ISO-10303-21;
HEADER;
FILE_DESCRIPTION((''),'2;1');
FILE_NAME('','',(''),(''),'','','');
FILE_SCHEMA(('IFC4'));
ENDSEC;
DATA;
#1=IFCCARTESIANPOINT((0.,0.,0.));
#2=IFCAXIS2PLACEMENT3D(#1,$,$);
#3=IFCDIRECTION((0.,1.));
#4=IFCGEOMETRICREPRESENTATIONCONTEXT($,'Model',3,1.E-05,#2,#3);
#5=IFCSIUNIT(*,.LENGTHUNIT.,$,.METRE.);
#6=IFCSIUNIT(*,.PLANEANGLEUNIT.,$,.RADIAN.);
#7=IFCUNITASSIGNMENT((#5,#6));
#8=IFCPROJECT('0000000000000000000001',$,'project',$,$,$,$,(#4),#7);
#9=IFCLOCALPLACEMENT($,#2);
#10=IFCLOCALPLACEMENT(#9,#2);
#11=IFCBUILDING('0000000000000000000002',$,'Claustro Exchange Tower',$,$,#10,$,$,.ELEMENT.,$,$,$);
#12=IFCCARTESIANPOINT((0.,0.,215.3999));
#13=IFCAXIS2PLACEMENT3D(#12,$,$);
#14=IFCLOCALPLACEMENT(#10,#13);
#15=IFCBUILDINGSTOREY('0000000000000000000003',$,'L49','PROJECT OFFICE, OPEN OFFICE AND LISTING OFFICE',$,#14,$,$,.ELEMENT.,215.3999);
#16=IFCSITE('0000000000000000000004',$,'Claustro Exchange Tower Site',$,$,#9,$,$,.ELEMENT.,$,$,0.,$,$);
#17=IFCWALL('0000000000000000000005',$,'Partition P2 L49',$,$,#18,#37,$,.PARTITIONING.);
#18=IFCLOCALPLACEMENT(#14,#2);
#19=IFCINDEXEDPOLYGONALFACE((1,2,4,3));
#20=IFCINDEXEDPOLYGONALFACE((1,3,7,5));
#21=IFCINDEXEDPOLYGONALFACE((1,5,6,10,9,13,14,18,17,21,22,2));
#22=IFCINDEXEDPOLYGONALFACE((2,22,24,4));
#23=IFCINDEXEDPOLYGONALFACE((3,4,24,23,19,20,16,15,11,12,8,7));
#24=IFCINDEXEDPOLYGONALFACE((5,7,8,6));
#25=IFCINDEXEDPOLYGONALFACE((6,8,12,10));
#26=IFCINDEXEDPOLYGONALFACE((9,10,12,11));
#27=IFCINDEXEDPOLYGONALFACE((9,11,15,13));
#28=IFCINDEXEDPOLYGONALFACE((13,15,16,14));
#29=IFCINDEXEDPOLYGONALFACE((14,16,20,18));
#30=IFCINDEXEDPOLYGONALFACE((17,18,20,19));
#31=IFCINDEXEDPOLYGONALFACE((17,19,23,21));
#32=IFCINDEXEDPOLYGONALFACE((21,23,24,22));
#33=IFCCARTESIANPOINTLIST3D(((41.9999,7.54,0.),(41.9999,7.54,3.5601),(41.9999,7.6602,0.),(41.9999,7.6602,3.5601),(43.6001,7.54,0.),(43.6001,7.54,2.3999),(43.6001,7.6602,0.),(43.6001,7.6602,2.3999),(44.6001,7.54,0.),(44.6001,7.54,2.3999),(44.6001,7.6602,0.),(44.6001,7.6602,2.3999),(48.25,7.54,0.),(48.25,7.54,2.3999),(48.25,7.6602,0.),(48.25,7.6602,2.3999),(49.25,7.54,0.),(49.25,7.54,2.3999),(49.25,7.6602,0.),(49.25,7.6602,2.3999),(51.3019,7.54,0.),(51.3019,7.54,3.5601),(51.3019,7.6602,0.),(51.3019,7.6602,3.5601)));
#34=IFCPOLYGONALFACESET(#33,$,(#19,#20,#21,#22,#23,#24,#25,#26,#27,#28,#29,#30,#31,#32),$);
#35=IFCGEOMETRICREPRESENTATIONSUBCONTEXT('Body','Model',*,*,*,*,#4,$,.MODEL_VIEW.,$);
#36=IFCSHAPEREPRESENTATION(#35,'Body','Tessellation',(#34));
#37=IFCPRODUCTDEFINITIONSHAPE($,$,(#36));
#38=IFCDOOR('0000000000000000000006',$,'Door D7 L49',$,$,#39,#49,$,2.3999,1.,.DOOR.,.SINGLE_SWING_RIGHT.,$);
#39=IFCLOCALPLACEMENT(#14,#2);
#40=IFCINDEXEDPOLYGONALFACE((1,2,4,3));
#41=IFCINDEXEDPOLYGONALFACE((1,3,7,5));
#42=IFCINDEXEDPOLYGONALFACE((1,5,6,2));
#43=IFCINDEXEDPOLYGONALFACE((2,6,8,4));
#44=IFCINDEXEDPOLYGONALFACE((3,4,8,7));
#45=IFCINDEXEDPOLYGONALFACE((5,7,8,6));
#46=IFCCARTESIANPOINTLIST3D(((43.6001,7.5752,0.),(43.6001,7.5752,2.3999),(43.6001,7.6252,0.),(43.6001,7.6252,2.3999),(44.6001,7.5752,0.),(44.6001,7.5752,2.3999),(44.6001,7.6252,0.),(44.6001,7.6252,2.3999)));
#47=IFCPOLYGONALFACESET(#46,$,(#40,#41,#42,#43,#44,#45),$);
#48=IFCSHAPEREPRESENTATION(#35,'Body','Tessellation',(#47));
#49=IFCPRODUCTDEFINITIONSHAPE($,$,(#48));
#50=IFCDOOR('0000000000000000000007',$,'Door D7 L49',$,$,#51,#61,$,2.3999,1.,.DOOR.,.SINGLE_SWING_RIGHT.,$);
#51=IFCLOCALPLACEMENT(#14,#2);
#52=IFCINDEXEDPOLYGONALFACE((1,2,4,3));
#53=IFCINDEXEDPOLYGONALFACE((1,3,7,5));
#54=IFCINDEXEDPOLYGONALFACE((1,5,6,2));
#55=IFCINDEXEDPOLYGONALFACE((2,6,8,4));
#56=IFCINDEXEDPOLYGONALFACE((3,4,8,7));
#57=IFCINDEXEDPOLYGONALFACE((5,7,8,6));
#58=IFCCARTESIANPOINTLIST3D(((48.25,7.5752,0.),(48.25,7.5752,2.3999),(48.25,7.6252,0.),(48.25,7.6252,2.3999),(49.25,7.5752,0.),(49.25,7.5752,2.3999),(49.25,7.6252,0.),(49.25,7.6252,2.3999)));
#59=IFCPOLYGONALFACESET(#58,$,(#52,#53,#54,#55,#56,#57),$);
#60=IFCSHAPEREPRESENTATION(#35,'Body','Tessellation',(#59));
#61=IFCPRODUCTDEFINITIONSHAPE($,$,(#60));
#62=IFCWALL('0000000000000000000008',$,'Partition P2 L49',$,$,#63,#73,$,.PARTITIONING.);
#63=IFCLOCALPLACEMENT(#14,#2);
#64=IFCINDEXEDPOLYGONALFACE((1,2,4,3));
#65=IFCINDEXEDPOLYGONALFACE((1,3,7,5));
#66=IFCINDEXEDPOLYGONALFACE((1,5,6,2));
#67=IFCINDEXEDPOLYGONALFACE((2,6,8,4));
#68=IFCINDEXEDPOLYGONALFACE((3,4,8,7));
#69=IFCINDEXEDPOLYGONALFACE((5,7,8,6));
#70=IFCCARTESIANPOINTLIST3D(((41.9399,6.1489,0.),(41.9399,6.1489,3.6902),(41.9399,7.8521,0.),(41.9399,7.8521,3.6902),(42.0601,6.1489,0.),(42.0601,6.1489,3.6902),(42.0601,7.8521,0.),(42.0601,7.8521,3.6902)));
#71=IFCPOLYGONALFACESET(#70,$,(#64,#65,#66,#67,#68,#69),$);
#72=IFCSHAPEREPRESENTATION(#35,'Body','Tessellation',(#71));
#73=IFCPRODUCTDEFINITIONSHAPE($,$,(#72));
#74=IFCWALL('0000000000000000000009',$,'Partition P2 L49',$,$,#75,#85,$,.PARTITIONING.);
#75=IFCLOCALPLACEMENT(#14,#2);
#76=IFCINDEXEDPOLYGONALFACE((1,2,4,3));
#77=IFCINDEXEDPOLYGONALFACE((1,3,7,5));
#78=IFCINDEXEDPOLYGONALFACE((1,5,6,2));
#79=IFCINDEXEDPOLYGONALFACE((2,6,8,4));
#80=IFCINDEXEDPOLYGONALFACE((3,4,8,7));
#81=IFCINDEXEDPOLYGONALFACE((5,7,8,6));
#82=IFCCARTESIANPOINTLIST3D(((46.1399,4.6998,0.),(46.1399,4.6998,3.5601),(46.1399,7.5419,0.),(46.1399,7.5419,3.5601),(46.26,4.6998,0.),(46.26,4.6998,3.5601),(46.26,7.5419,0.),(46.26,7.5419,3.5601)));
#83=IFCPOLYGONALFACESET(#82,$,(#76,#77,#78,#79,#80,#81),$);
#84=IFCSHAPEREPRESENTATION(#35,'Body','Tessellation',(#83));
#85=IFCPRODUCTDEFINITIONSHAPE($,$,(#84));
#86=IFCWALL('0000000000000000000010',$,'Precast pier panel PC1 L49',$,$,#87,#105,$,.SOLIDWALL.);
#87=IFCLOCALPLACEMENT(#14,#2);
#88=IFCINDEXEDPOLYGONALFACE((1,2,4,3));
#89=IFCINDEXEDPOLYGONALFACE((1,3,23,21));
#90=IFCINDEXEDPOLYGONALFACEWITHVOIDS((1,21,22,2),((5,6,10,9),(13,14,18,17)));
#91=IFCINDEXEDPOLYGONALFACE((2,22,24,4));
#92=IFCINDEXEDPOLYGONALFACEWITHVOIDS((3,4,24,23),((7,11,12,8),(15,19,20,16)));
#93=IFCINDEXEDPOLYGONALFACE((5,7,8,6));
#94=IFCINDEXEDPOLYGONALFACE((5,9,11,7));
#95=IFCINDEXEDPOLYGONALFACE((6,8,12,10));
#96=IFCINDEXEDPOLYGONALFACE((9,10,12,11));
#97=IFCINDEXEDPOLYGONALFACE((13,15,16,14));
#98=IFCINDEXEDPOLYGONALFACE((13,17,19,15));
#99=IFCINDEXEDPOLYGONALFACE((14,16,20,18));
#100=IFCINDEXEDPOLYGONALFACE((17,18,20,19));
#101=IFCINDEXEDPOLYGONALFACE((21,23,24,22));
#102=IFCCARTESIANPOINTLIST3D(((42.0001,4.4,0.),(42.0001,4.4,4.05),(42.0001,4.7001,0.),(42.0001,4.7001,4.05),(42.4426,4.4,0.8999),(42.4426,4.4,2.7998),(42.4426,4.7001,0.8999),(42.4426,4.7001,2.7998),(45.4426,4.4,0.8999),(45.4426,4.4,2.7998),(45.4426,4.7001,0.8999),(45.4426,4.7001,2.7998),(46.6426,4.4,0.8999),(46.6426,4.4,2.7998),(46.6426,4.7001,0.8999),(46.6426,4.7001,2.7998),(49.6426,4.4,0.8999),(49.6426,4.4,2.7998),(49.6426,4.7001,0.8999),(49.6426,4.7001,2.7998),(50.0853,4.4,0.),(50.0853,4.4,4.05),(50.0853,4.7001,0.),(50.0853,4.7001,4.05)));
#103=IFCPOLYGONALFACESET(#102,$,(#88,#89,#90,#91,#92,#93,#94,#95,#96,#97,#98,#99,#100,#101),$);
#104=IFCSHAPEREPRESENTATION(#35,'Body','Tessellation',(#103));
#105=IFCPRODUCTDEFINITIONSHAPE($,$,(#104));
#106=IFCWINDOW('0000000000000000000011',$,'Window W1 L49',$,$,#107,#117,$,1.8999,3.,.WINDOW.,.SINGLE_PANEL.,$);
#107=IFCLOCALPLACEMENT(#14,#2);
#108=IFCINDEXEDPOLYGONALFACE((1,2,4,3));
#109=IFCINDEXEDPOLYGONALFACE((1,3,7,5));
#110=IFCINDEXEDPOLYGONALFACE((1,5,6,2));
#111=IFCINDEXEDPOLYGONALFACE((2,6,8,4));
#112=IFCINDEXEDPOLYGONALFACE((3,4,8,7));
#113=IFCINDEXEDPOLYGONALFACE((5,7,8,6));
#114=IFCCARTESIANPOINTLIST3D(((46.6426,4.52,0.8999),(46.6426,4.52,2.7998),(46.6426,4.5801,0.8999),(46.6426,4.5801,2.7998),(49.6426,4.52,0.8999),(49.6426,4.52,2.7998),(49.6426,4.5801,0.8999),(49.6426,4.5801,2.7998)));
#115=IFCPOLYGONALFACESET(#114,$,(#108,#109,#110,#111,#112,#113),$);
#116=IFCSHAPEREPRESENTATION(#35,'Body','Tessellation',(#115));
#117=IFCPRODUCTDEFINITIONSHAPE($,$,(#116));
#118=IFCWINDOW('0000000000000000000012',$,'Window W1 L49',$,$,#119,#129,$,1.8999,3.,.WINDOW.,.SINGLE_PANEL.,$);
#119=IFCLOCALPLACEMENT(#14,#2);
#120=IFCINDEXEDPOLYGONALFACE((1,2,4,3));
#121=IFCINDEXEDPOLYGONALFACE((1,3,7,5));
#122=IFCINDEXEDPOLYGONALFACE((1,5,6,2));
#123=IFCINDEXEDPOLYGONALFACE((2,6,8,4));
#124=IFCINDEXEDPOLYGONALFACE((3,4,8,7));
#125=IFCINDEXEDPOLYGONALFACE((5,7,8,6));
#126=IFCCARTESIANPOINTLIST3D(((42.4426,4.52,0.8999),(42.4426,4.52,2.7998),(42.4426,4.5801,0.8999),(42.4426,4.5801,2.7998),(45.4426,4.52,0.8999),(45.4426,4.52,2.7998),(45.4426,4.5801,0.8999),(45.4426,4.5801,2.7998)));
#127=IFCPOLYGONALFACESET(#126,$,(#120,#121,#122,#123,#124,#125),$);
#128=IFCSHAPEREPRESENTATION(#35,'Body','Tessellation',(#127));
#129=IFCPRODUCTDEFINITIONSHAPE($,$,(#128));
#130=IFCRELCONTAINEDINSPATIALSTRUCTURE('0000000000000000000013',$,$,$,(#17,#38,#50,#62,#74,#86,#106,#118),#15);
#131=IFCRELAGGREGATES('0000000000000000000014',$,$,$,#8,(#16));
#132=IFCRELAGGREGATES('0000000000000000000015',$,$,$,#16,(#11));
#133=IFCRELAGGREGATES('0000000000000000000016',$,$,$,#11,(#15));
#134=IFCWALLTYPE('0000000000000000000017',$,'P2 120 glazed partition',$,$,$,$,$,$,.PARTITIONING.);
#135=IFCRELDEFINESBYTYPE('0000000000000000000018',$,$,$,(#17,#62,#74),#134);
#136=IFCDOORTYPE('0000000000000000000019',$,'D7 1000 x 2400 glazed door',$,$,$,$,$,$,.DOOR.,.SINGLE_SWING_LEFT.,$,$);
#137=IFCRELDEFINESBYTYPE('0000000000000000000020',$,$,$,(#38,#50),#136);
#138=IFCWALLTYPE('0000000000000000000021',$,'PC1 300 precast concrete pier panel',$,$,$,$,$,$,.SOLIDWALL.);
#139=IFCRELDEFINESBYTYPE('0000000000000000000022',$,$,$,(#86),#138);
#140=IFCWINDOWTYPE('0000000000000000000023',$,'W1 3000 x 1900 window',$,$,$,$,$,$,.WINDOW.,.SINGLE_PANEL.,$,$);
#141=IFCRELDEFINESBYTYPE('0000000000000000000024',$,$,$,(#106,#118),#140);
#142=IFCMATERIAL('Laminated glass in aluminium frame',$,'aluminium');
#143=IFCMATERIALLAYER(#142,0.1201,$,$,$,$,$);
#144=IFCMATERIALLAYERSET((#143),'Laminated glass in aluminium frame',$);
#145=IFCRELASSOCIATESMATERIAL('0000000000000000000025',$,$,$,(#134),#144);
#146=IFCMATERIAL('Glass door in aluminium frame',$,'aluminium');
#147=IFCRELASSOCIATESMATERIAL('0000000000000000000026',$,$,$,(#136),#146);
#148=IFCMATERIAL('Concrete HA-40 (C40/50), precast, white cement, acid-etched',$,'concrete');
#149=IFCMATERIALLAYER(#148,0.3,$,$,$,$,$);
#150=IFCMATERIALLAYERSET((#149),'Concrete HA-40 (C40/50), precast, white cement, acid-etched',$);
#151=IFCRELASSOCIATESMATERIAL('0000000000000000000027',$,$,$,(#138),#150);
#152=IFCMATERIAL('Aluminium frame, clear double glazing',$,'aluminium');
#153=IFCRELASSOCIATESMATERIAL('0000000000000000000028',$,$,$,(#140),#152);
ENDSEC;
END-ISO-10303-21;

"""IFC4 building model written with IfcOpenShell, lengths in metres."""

from ifc_helpers import new_model, si_unit, direction, frame, frame_2d, origin, place, context, subcontext, project, spatial, rectangle, extrude, material, layer, layer_set, type_object, element, fill, save


model = new_model("IFC4")

# Units and contexts
model_context = context("Model", 3, precision=1e-05, world=origin(), true_north=direction((0.0, 1.0)))
body_context = subcontext(model_context, "Body", "Model", "MODEL_VIEW")
ifc_project = project(units=[si_unit("LENGTHUNIT", "METRE"), si_unit("PLANEANGLEUNIT", "RADIAN")], contexts=[model_context])

# Site, building, storey
site_placement = place(None, origin())
site = spatial("IfcSite", under=ifc_project, at=site_placement, Name="Claustro Exchange Tower Site", CompositionType="ELEMENT", RefElevation=0.0)
building_placement = place(site_placement, origin())
building = spatial("IfcBuilding", under=site, at=building_placement, Name="Claustro Exchange Tower", CompositionType="ELEMENT")
storey_placement = place(building_placement, frame((0.0, 0.0, 215.3999)))
storey = spatial("IfcBuildingStorey", under=building, at=storey_placement, Name="L49", Description="PROJECT OFFICE, OPEN OFFICE AND LISTING OFFICE", CompositionType="ELEMENT", Elevation=215.3999)

# Wall, openings, doors
ifc_material_1 = material(Name="Laminated glass in aluminium frame", Category="aluminium")
ifc_layer_1 = layer(ifc_material_1, 0.1201)
ifc_layer_set_1 = layer_set([ifc_layer_1], Name="Laminated glass in aluminium frame")
wall_type_1 = type_object("IfcWallType", Name="P2 120 glazed partition", PredefinedType="PARTITIONING", material=ifc_layer_set_1)
wall_1_placement = place(storey_placement, frame((42.0, 7.6001, 0.0), z_axis=(0.0, 0.0, 1.0), x_axis=(1.0, 0.0, 0.0)))
wall_1 = element("IfcWall", 1, at=wall_1_placement, inside=storey, type_object=wall_type_1, Name="Partition P2 L49", PredefinedType="PARTITIONING", context=body_context, shape_type="SweptSolid", body=[
    extrude(rectangle(XDim=9.302, YDim=0.1201, at=frame_2d((4.6509, 0.0))), origin(), (0.0, 0.0, 1.0), 3.5601),
])
opening_1_placement = place(wall_1_placement, frame((1.6001, 0.0, 0.0)))
opening_1 = element("IfcOpeningElement", 2, at=opening_1_placement, cuts=wall_1, PredefinedType="OPENING", context=body_context, shape_type="SweptSolid", body=[
    extrude(rectangle(XDim=1.0, YDim=2.3999, at=frame_2d((0.5, 1.2))), frame((0.0, 0.0701, 0.0), z_axis=(0.0, -1.0, 0.0), x_axis=(1.0, 0.0, 0.0)), (0.0, 0.0, 1.0), 0.1401),
])
opening_2_placement = place(wall_1_placement, frame((6.25, 0.0, 0.0)))
opening_2 = element("IfcOpeningElement", 3, at=opening_2_placement, cuts=wall_1, PredefinedType="OPENING", context=body_context, shape_type="SweptSolid", body=[
    extrude(rectangle(XDim=1.0, YDim=2.3999, at=frame_2d((0.5, 1.2))), frame((0.0, 0.0701, 0.0), z_axis=(0.0, -1.0, 0.0), x_axis=(1.0, 0.0, 0.0)), (0.0, 0.0, 1.0), 0.1401),
])
ifc_material_2 = material(Name="Glass door in aluminium frame", Category="aluminium")
door_type = type_object("IfcDoorType", Name="D7 1000 x 2400 glazed door", OperationType="SINGLE_SWING_LEFT", PredefinedType="DOOR", material=ifc_material_2)
door_1_placement = place(opening_1_placement, frame((1.0, 0.0, 0.0), z_axis=(0.0, 0.0, 1.0), x_axis=(-1.0, 0.0, 0.0)))
door_1 = element("IfcDoor", 4, at=door_1_placement, inside=storey, type_object=door_type, Name="Door D7 L49", OperationType="SINGLE_SWING_RIGHT", OverallHeight=2.3999, OverallWidth=1.0, PredefinedType="DOOR", context=body_context, shape_type="SweptSolid", body=[
    extrude(rectangle(XDim=1.0, YDim=2.3999, at=frame_2d((0.5, 1.2))), frame((0.0, 0.0249, 0.0), z_axis=(0.0, -1.0, 0.0), x_axis=(1.0, 0.0, 0.0)), (0.0, 0.0, 1.0), 0.05),
])
fill(opening_1, door_1)
door_2_placement = place(opening_2_placement, frame((1.0, 0.0, 0.0), z_axis=(0.0, 0.0, 1.0), x_axis=(-1.0, 0.0, 0.0)))
door_2 = element("IfcDoor", 5, at=door_2_placement, inside=storey, type_object=door_type, Name="Door D7 L49", OperationType="SINGLE_SWING_RIGHT", OverallHeight=2.3999, OverallWidth=1.0, PredefinedType="DOOR", context=body_context, shape_type="SweptSolid", body=[
    extrude(rectangle(XDim=1.0, YDim=2.3999, at=frame_2d((0.5, 1.2))), frame((0.0, 0.0249, 0.0), z_axis=(0.0, -1.0, 0.0), x_axis=(1.0, 0.0, 0.0)), (0.0, 0.0, 1.0), 0.05),
])
fill(opening_2, door_2)

# Walls
wall_2_placement = place(storey_placement, frame((42.0, 6.1489, 0.0), z_axis=(0.0, 0.0, 1.0), x_axis=(0.0, 1.0, 0.0)))
element("IfcWall", 6, at=wall_2_placement, inside=storey, type_object=wall_type_1, Name="Partition P2 L49", PredefinedType="PARTITIONING", context=body_context, shape_type="SweptSolid", body=[
    extrude(rectangle(XDim=1.7031, YDim=0.1201, at=frame_2d((0.8516, 0.0))), origin(), (0.0, 0.0, 1.0), 3.6902),
])
wall_3_placement = place(storey_placement, frame((46.2, 4.7, 0.0), z_axis=(0.0, 0.0, 1.0), x_axis=(0.0, 1.0, 0.0)))
element("IfcWall", 7, at=wall_3_placement, inside=storey, type_object=wall_type_1, Name="Partition P2 L49", PredefinedType="PARTITIONING", context=body_context, shape_type="SweptSolid", body=[
    extrude(rectangle(XDim=2.842, YDim=0.1201, at=frame_2d((1.4209, 0.0))), origin(), (0.0, 0.0, 1.0), 3.5601),
])

# Wall, openings, windows
ifc_material_3 = material(Name="Concrete HA-40 (C40/50), precast, white cement, acid-etched", Category="concrete")
ifc_layer_2 = layer(ifc_material_3, 0.3)
ifc_layer_set_2 = layer_set([ifc_layer_2], Name="Concrete HA-40 (C40/50), precast, white cement, acid-etched")
wall_type_2 = type_object("IfcWallType", Name="PC1 300 precast concrete pier panel", PredefinedType="SOLIDWALL", material=ifc_layer_set_2)
wall_4_placement = place(storey_placement, frame((50.0852, 4.55, 0.0), z_axis=(0.0, 0.0, 1.0), x_axis=(-1.0, 0.0, 0.0)))
wall_4 = element("IfcWall", 8, at=wall_4_placement, inside=storey, type_object=wall_type_2, Name="Precast pier panel PC1 L49", PredefinedType="SOLIDWALL", context=body_context, shape_type="SweptSolid", body=[
    extrude(rectangle(XDim=8.0852, YDim=0.3, at=frame_2d((4.0425, 0.0))), origin(), (0.0, 0.0, 1.0), 4.05),
])
opening_3_placement = place(wall_4_placement, frame((0.4426, 0.0, 0.8999)))
opening_3 = element("IfcOpeningElement", 9, at=opening_3_placement, cuts=wall_4, PredefinedType="OPENING", context=body_context, shape_type="SweptSolid", body=[
    extrude(rectangle(XDim=3.0, YDim=1.8999, at=frame_2d((1.5, 0.95))), frame((0.0, 0.1599, 0.0), z_axis=(0.0, -1.0, 0.0), x_axis=(1.0, 0.0, 0.0)), (0.0, 0.0, 1.0), 0.3201),
])
opening_4_placement = place(wall_4_placement, frame((4.6426, 0.0, 0.8999)))
opening_4 = element("IfcOpeningElement", 10, at=opening_4_placement, cuts=wall_4, PredefinedType="OPENING", context=body_context, shape_type="SweptSolid", body=[
    extrude(rectangle(XDim=3.0, YDim=1.8999, at=frame_2d((1.5, 0.95))), frame((0.0, 0.1599, 0.0), z_axis=(0.0, -1.0, 0.0), x_axis=(1.0, 0.0, 0.0)), (0.0, 0.0, 1.0), 0.3201),
])
ifc_material_4 = material(Name="Aluminium frame, clear double glazing", Category="aluminium")
window_type = type_object("IfcWindowType", Name="W1 3000 x 1900 window", PartitioningType="SINGLE_PANEL", PredefinedType="WINDOW", material=ifc_material_4)
window_1_placement = place(opening_3_placement, origin())
window_1 = element("IfcWindow", 11, at=window_1_placement, inside=storey, type_object=window_type, Name="Window W1 L49", OverallHeight=1.8999, OverallWidth=3.0, PartitioningType="SINGLE_PANEL", PredefinedType="WINDOW", context=body_context, shape_type="SweptSolid", body=[
    extrude(rectangle(XDim=3.0, YDim=1.8999, at=frame_2d((1.5, 0.95))), frame((0.0, 0.03, 0.0), z_axis=(0.0, -1.0, 0.0), x_axis=(1.0, 0.0, 0.0)), (0.0, 0.0, 1.0), 0.0601),
])
fill(opening_3, window_1)
window_2_placement = place(opening_4_placement, origin())
window_2 = element("IfcWindow", 12, at=window_2_placement, inside=storey, type_object=window_type, Name="Window W1 L49", OverallHeight=1.8999, OverallWidth=3.0, PartitioningType="SINGLE_PANEL", PredefinedType="WINDOW", context=body_context, shape_type="SweptSolid", body=[
    extrude(rectangle(XDim=3.0, YDim=1.8999, at=frame_2d((1.5, 0.95))), frame((0.0, 0.03, 0.0), z_axis=(0.0, -1.0, 0.0), x_axis=(1.0, 0.0, 0.0)), (0.0, 0.0, 1.0), 0.0601),
])
fill(opening_4, window_2)

save(model, "model.ifc")
